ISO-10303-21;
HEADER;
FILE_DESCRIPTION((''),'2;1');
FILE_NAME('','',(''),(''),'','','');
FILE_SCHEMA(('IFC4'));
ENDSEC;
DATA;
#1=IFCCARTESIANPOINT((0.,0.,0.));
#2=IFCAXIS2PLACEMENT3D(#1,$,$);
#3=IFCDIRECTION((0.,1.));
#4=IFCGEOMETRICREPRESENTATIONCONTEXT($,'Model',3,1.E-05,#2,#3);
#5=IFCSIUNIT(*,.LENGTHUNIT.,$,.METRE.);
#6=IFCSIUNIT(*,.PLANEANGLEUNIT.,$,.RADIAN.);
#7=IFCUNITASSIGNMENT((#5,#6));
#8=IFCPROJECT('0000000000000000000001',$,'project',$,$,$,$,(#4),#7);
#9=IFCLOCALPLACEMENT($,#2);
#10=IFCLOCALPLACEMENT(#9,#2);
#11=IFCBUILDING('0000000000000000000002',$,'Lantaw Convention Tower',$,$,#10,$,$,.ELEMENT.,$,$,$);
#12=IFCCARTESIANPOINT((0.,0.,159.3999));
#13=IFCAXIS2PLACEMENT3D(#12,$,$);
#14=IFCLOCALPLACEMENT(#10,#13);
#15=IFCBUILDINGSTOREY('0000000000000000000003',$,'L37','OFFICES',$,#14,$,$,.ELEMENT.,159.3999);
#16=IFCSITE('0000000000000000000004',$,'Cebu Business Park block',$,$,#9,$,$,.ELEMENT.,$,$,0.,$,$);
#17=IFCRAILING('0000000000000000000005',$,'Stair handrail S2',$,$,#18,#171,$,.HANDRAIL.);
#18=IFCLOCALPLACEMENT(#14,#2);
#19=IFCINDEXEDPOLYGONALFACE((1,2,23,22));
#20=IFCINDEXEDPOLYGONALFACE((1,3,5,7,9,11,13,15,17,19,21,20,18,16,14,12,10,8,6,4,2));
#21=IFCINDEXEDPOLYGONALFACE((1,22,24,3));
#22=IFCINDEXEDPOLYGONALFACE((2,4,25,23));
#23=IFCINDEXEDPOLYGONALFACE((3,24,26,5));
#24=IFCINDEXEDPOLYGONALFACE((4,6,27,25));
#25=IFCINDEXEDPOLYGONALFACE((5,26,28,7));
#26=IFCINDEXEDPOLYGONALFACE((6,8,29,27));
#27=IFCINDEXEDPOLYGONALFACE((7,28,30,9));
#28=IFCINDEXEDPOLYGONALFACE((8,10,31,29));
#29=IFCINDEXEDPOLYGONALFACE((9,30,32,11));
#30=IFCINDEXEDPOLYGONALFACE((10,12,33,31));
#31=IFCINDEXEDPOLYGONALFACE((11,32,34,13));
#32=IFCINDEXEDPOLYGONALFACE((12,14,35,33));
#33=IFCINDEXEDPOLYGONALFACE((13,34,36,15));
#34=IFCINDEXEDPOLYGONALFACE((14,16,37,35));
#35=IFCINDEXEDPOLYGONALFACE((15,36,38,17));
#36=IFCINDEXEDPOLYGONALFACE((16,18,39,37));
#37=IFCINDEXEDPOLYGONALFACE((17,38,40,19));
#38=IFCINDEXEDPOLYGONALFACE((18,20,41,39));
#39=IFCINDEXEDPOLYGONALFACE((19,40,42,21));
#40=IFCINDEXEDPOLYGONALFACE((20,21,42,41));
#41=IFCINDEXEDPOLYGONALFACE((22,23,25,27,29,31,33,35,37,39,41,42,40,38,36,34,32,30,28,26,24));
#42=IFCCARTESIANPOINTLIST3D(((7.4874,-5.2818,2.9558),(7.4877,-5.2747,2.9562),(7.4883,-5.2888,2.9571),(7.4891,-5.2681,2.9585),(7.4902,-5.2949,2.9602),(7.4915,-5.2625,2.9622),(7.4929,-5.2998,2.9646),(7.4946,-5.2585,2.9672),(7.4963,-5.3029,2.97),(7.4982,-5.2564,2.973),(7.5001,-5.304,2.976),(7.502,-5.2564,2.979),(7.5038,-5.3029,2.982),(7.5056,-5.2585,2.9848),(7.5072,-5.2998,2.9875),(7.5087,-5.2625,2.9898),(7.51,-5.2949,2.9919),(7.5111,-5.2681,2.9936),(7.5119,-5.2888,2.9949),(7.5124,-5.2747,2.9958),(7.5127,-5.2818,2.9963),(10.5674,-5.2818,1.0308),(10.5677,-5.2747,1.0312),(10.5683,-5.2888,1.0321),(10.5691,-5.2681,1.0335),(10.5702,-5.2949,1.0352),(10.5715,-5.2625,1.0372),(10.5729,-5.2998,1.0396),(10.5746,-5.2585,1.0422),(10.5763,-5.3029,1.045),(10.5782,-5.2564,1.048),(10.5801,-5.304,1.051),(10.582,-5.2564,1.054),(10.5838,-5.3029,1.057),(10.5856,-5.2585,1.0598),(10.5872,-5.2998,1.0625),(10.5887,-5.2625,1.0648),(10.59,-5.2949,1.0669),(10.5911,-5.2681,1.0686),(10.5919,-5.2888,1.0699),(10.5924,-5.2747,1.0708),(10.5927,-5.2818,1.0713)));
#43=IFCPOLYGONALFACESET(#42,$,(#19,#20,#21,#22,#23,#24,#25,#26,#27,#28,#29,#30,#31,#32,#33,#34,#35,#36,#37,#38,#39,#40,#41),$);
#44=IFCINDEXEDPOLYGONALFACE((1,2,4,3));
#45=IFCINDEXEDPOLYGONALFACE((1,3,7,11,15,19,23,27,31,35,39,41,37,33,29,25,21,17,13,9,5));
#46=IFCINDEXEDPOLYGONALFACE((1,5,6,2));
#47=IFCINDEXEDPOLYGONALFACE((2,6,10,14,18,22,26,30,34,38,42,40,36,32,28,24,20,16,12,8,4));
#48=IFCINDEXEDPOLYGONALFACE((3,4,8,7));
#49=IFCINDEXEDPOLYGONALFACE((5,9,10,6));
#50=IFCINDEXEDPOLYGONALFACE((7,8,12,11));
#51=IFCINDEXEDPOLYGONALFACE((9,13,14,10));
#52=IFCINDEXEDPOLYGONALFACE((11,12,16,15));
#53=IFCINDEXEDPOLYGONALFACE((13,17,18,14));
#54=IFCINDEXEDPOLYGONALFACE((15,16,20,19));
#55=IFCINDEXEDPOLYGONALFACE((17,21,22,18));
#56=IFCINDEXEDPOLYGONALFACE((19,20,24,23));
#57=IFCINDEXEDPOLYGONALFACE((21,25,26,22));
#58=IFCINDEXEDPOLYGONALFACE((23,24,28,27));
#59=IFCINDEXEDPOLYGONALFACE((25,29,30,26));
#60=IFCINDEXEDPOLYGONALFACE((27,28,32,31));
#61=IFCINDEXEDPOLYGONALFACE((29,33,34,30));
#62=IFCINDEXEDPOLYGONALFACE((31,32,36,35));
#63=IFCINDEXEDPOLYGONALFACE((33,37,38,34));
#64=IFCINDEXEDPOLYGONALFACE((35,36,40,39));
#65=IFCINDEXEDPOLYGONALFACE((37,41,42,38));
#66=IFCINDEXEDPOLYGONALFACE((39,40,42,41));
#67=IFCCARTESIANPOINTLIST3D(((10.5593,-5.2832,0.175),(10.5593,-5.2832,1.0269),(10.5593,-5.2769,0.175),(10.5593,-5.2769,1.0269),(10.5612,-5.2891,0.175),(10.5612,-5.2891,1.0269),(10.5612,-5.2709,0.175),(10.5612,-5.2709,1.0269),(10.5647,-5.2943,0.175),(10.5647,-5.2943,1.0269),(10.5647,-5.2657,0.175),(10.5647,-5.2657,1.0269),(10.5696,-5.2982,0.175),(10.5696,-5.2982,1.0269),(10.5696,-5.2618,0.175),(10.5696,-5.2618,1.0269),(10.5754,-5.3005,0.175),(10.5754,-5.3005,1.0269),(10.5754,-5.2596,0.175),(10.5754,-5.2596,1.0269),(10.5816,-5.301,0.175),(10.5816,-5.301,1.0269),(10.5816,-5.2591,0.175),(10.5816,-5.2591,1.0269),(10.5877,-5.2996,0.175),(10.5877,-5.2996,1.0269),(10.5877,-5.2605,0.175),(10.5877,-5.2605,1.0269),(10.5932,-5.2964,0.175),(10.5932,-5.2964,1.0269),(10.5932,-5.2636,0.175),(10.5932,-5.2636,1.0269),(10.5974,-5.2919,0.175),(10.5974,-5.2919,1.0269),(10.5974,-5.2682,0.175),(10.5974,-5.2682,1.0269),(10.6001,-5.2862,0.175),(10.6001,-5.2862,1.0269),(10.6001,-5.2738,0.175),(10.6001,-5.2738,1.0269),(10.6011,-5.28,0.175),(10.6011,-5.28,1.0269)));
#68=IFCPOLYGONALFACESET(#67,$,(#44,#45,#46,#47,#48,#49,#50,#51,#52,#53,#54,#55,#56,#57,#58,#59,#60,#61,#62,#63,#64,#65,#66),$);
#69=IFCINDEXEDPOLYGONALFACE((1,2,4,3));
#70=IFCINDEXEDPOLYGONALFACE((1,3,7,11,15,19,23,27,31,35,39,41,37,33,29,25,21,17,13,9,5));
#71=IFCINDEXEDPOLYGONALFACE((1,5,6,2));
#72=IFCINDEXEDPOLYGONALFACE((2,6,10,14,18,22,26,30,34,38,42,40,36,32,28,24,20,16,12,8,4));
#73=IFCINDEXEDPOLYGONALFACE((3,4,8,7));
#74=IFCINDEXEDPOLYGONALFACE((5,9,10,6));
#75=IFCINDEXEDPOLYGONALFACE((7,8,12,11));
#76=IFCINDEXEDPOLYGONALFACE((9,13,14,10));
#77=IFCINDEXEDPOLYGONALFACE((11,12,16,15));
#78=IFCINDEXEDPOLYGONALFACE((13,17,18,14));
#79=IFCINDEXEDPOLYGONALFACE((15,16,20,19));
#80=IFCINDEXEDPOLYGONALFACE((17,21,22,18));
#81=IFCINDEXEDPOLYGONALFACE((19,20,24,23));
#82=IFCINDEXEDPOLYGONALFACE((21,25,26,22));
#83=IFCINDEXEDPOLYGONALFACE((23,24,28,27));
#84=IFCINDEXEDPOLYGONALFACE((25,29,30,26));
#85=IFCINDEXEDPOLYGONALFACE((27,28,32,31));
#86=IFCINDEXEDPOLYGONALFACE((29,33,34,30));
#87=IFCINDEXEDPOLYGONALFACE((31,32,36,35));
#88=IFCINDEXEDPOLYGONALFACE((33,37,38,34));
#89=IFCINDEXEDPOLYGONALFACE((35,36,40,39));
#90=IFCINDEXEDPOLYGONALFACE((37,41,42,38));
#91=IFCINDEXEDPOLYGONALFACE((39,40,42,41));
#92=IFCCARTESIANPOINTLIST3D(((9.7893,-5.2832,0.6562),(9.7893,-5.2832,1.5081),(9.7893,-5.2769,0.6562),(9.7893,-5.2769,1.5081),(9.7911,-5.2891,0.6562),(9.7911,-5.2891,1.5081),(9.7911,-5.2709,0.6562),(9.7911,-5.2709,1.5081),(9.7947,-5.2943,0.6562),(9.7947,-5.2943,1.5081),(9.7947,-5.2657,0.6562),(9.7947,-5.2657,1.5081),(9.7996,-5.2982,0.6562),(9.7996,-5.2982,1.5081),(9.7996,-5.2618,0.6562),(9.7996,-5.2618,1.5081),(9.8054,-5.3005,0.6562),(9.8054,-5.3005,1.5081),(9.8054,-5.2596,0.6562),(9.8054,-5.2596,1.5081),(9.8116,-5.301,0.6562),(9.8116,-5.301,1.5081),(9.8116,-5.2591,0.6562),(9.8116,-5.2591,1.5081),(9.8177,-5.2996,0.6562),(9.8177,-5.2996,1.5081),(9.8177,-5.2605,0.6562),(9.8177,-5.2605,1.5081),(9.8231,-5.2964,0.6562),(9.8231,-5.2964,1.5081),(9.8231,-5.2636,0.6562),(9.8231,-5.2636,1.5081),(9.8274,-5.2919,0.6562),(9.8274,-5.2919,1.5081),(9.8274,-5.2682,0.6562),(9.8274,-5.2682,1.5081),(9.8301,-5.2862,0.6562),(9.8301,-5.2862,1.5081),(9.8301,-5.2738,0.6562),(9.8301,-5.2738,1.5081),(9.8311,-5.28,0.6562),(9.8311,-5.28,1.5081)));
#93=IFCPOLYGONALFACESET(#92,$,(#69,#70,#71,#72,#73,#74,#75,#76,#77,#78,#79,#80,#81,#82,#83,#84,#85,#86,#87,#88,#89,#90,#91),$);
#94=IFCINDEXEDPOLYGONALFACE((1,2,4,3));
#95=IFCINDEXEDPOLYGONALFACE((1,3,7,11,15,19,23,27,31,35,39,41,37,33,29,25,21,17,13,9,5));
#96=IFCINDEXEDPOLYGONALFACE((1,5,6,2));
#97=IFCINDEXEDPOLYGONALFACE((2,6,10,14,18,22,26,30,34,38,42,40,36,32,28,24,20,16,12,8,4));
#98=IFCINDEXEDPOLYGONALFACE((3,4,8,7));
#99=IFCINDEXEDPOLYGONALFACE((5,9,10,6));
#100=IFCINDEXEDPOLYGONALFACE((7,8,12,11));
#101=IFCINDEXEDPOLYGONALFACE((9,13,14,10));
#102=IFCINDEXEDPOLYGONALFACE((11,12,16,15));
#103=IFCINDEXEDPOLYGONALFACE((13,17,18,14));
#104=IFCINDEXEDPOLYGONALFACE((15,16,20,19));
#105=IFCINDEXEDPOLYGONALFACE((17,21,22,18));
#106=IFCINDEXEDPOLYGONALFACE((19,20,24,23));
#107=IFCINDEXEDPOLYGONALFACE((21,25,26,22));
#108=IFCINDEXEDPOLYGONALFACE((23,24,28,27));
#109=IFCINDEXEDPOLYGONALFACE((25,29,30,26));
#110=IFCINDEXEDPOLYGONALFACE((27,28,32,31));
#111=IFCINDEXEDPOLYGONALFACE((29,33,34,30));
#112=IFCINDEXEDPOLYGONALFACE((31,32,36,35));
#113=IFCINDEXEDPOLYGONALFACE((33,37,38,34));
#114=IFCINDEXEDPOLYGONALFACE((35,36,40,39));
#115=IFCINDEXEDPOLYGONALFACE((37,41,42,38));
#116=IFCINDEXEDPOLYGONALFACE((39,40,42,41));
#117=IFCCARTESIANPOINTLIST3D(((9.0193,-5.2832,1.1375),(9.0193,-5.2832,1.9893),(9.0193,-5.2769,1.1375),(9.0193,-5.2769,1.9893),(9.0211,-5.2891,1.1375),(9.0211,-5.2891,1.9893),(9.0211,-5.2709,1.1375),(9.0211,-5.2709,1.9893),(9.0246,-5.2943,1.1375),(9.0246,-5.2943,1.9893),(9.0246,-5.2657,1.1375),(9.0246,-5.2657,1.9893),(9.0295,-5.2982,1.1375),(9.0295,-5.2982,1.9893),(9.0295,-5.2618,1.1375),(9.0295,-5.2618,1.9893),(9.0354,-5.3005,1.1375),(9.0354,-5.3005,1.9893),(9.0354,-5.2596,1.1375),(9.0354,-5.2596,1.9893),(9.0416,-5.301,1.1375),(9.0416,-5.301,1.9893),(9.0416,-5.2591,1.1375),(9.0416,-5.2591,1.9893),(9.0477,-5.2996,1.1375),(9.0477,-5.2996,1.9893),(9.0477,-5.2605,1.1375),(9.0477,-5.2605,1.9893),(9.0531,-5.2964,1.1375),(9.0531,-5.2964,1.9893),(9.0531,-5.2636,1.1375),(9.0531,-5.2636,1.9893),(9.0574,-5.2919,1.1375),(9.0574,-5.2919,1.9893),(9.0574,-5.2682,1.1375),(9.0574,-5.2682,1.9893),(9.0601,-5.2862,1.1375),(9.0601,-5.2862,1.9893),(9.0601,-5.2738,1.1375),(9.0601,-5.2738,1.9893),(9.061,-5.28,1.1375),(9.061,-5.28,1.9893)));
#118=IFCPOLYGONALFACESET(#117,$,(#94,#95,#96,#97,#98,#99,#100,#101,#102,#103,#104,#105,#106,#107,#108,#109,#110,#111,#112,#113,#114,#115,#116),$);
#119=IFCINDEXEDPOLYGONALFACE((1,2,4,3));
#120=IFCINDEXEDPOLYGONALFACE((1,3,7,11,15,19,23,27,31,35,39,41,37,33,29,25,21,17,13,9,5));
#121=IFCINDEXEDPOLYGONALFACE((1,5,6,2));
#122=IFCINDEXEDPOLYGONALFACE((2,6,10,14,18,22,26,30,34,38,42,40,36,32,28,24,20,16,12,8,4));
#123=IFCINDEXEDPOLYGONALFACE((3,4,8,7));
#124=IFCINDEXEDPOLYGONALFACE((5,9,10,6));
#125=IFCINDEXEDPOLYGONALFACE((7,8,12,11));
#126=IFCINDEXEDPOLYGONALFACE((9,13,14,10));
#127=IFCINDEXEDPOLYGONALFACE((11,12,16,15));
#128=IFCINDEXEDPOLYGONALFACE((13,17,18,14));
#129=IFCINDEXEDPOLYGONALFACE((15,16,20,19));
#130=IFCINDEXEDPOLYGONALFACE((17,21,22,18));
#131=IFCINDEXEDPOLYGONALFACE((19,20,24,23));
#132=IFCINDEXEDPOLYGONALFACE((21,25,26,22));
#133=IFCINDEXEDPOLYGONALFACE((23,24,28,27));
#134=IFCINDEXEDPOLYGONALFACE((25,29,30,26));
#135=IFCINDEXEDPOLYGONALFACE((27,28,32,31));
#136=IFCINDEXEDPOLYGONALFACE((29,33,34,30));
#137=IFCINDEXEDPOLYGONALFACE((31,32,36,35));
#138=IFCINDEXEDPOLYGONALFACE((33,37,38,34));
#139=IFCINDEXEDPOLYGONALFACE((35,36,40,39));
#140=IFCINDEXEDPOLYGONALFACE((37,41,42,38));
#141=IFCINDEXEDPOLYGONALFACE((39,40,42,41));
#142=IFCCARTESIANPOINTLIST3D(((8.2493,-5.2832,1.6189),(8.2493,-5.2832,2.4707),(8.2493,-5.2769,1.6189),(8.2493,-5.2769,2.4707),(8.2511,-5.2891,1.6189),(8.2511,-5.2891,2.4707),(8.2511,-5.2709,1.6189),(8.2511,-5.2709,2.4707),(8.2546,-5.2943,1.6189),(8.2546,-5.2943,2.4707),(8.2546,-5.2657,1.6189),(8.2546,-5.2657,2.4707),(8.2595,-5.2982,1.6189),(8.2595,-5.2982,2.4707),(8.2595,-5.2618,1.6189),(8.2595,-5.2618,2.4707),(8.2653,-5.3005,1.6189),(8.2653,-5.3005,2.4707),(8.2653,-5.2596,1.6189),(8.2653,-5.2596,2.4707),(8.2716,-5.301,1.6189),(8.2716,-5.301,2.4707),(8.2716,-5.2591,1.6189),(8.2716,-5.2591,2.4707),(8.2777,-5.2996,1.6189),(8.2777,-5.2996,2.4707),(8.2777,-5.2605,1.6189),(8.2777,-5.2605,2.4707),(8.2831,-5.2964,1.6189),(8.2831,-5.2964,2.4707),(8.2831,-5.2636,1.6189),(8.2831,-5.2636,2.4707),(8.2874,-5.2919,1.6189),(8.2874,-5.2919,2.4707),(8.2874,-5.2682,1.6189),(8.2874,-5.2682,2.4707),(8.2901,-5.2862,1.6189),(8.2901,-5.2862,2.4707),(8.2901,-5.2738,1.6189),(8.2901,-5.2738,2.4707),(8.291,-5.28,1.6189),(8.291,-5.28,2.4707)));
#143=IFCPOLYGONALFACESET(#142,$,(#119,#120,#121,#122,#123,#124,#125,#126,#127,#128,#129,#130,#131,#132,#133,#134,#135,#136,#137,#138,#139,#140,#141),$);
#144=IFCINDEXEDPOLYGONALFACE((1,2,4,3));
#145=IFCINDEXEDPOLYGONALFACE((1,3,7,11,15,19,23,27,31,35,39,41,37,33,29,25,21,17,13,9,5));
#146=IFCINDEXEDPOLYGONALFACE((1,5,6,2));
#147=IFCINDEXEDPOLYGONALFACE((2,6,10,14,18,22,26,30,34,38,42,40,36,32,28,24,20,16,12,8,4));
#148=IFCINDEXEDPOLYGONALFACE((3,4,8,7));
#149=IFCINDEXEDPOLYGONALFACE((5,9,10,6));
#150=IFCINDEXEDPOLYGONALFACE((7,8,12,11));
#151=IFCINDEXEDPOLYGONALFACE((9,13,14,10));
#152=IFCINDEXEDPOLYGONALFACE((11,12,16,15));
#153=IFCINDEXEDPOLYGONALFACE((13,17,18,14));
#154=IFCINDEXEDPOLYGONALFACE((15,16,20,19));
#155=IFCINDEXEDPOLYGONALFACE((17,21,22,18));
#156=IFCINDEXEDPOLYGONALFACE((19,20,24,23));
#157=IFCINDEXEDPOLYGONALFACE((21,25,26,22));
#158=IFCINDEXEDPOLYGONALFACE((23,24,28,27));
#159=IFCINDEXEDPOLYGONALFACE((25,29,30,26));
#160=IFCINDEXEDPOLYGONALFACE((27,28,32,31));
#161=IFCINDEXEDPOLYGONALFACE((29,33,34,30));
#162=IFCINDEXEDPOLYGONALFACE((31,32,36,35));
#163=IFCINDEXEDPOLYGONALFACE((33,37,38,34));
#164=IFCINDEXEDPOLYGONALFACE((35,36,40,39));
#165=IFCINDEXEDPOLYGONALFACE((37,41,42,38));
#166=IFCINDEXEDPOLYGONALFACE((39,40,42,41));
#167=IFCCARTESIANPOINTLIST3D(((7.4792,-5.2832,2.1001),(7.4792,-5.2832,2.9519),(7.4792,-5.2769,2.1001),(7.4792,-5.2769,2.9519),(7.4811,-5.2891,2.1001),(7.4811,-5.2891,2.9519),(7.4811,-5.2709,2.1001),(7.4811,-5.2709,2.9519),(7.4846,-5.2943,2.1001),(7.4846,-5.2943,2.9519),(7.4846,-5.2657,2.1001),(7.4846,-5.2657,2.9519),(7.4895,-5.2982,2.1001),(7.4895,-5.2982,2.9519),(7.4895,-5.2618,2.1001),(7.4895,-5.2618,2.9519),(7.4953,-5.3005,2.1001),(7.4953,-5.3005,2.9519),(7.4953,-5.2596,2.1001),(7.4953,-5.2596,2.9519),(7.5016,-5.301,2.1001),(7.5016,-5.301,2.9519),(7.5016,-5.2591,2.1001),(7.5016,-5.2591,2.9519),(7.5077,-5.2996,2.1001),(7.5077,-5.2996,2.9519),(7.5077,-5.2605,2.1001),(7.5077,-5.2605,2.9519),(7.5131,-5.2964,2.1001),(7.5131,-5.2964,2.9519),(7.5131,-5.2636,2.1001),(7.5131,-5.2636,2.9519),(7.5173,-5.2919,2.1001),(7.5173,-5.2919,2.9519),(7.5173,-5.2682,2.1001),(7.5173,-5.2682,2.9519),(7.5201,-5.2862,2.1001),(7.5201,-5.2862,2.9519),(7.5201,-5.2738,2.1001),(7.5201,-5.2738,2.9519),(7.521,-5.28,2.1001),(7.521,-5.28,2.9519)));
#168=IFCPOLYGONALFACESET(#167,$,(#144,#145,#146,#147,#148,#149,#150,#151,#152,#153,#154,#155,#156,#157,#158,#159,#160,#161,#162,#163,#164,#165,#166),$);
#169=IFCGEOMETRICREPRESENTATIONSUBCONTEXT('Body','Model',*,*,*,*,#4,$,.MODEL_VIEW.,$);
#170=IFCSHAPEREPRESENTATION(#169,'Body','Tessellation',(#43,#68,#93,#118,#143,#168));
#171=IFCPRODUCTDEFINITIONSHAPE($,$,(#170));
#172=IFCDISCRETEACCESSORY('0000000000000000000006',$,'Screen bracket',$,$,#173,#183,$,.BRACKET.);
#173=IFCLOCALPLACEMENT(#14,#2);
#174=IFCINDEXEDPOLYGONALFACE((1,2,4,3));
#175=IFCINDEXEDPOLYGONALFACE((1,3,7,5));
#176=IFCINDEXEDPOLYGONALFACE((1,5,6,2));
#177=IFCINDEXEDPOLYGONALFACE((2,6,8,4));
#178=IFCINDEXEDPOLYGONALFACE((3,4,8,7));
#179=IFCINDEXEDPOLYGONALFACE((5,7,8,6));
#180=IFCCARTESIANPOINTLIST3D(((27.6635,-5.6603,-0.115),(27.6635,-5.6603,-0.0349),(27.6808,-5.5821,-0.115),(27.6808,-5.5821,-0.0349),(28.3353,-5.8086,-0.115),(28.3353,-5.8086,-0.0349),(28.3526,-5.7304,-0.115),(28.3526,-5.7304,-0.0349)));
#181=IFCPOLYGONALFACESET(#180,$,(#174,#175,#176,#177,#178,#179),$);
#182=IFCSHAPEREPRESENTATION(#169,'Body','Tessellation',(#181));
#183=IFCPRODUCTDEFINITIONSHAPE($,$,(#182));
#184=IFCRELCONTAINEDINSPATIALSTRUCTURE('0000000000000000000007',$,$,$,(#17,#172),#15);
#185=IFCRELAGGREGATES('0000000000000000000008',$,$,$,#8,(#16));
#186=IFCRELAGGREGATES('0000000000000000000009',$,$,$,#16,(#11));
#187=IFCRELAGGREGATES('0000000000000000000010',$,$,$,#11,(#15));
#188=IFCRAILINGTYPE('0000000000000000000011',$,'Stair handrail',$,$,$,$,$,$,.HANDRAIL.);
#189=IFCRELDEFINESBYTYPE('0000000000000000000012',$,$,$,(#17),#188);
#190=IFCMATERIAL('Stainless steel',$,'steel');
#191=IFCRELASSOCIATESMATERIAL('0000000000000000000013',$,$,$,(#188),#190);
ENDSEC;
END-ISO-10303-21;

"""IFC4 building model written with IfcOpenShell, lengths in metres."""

from ifc_helpers import new_model, si_unit, direction, frame, origin, origin_2d, place, context, subcontext, project, spatial, rectangle, circle, extrude, material, type_object, element, save


model = new_model("IFC4")

# Units and contexts
model_context = context("Model", 3, precision=1e-05, world=origin(), true_north=direction((0.0, 1.0)))
body_context = subcontext(model_context, "Body", "Model", "MODEL_VIEW")
ifc_project = project(units=[si_unit("LENGTHUNIT", "METRE"), si_unit("PLANEANGLEUNIT", "RADIAN")], contexts=[model_context])

# Site, building, storey
site_placement = place(None, origin())
site = spatial("IfcSite", under=ifc_project, at=site_placement, Name="Cebu Business Park block", CompositionType="ELEMENT", RefElevation=0.0)
building_placement = place(site_placement, origin())
building = spatial("IfcBuilding", under=site, at=building_placement, Name="Lantaw Convention Tower", CompositionType="ELEMENT")
storey_placement = place(building_placement, frame((0.0, 0.0, 159.3999)))
storey = spatial("IfcBuildingStorey", under=building, at=storey_placement, Name="L37", Description="OFFICES", CompositionType="ELEMENT", Elevation=159.3999)

# Railing
ifc_material_1 = material(Name="Stainless steel", Category="steel")
railing_type = type_object("IfcRailingType", Name="Stair handrail", PredefinedType="HANDRAIL", material=ifc_material_1)
railing_placement = place(storey_placement, frame((10.5801, -5.28, 0.175)))
element("IfcRailing", 1, at=railing_placement, inside=storey, type_object=railing_type, Name="Stair handrail S2", PredefinedType="HANDRAIL", context=body_context, shape_type="SweptSolid", body=[
    extrude(circle(Radius=0.0239, at=origin_2d()), frame((0.0, 0.0, 0.876), z_axis=(-0.847998, 0.0, 0.529999), x_axis=(0.0, -1.0, 0.0)), (0.0, 0.0, 1.0), 3.6321),
    extrude(circle(Radius=0.021, at=origin_2d()), origin(), (0.0, 0.0, 1.0), 0.8518),
    extrude(circle(Radius=0.021, at=origin_2d()), frame((-0.77, 0.0, 0.4812)), (0.0, 0.0, 1.0), 0.8518),
    extrude(circle(Radius=0.021, at=origin_2d()), frame((-1.54, 0.0, 0.9624)), (0.0, 0.0, 1.0), 0.8518),
    extrude(circle(Radius=0.021, at=origin_2d()), frame((-2.3101, 0.0, 1.4438)), (0.0, 0.0, 1.0), 0.8518),
    extrude(circle(Radius=0.021, at=origin_2d()), frame((-3.0801, 0.0, 1.925)), (0.0, 0.0, 1.0), 0.8518),
])

# Discrete accessory
discrete_accessory_placement = place(storey_placement, frame((28.0081, -5.6953, -0.115), z_axis=(0.0, 0.0, 1.0), x_axis=(0.215546, 0.976494, 0.0)))
element("IfcDiscreteAccessory", 2, at=discrete_accessory_placement, inside=storey, Name="Screen bracket", PredefinedType="BRACKET", context=body_context, shape_type="SweptSolid", body=[
    extrude(rectangle(XDim=0.0801, YDim=0.688, at=origin_2d()), origin(), (0.0, 0.0, 1.0), 0.0801),
])

save(model, "model.ifc")
